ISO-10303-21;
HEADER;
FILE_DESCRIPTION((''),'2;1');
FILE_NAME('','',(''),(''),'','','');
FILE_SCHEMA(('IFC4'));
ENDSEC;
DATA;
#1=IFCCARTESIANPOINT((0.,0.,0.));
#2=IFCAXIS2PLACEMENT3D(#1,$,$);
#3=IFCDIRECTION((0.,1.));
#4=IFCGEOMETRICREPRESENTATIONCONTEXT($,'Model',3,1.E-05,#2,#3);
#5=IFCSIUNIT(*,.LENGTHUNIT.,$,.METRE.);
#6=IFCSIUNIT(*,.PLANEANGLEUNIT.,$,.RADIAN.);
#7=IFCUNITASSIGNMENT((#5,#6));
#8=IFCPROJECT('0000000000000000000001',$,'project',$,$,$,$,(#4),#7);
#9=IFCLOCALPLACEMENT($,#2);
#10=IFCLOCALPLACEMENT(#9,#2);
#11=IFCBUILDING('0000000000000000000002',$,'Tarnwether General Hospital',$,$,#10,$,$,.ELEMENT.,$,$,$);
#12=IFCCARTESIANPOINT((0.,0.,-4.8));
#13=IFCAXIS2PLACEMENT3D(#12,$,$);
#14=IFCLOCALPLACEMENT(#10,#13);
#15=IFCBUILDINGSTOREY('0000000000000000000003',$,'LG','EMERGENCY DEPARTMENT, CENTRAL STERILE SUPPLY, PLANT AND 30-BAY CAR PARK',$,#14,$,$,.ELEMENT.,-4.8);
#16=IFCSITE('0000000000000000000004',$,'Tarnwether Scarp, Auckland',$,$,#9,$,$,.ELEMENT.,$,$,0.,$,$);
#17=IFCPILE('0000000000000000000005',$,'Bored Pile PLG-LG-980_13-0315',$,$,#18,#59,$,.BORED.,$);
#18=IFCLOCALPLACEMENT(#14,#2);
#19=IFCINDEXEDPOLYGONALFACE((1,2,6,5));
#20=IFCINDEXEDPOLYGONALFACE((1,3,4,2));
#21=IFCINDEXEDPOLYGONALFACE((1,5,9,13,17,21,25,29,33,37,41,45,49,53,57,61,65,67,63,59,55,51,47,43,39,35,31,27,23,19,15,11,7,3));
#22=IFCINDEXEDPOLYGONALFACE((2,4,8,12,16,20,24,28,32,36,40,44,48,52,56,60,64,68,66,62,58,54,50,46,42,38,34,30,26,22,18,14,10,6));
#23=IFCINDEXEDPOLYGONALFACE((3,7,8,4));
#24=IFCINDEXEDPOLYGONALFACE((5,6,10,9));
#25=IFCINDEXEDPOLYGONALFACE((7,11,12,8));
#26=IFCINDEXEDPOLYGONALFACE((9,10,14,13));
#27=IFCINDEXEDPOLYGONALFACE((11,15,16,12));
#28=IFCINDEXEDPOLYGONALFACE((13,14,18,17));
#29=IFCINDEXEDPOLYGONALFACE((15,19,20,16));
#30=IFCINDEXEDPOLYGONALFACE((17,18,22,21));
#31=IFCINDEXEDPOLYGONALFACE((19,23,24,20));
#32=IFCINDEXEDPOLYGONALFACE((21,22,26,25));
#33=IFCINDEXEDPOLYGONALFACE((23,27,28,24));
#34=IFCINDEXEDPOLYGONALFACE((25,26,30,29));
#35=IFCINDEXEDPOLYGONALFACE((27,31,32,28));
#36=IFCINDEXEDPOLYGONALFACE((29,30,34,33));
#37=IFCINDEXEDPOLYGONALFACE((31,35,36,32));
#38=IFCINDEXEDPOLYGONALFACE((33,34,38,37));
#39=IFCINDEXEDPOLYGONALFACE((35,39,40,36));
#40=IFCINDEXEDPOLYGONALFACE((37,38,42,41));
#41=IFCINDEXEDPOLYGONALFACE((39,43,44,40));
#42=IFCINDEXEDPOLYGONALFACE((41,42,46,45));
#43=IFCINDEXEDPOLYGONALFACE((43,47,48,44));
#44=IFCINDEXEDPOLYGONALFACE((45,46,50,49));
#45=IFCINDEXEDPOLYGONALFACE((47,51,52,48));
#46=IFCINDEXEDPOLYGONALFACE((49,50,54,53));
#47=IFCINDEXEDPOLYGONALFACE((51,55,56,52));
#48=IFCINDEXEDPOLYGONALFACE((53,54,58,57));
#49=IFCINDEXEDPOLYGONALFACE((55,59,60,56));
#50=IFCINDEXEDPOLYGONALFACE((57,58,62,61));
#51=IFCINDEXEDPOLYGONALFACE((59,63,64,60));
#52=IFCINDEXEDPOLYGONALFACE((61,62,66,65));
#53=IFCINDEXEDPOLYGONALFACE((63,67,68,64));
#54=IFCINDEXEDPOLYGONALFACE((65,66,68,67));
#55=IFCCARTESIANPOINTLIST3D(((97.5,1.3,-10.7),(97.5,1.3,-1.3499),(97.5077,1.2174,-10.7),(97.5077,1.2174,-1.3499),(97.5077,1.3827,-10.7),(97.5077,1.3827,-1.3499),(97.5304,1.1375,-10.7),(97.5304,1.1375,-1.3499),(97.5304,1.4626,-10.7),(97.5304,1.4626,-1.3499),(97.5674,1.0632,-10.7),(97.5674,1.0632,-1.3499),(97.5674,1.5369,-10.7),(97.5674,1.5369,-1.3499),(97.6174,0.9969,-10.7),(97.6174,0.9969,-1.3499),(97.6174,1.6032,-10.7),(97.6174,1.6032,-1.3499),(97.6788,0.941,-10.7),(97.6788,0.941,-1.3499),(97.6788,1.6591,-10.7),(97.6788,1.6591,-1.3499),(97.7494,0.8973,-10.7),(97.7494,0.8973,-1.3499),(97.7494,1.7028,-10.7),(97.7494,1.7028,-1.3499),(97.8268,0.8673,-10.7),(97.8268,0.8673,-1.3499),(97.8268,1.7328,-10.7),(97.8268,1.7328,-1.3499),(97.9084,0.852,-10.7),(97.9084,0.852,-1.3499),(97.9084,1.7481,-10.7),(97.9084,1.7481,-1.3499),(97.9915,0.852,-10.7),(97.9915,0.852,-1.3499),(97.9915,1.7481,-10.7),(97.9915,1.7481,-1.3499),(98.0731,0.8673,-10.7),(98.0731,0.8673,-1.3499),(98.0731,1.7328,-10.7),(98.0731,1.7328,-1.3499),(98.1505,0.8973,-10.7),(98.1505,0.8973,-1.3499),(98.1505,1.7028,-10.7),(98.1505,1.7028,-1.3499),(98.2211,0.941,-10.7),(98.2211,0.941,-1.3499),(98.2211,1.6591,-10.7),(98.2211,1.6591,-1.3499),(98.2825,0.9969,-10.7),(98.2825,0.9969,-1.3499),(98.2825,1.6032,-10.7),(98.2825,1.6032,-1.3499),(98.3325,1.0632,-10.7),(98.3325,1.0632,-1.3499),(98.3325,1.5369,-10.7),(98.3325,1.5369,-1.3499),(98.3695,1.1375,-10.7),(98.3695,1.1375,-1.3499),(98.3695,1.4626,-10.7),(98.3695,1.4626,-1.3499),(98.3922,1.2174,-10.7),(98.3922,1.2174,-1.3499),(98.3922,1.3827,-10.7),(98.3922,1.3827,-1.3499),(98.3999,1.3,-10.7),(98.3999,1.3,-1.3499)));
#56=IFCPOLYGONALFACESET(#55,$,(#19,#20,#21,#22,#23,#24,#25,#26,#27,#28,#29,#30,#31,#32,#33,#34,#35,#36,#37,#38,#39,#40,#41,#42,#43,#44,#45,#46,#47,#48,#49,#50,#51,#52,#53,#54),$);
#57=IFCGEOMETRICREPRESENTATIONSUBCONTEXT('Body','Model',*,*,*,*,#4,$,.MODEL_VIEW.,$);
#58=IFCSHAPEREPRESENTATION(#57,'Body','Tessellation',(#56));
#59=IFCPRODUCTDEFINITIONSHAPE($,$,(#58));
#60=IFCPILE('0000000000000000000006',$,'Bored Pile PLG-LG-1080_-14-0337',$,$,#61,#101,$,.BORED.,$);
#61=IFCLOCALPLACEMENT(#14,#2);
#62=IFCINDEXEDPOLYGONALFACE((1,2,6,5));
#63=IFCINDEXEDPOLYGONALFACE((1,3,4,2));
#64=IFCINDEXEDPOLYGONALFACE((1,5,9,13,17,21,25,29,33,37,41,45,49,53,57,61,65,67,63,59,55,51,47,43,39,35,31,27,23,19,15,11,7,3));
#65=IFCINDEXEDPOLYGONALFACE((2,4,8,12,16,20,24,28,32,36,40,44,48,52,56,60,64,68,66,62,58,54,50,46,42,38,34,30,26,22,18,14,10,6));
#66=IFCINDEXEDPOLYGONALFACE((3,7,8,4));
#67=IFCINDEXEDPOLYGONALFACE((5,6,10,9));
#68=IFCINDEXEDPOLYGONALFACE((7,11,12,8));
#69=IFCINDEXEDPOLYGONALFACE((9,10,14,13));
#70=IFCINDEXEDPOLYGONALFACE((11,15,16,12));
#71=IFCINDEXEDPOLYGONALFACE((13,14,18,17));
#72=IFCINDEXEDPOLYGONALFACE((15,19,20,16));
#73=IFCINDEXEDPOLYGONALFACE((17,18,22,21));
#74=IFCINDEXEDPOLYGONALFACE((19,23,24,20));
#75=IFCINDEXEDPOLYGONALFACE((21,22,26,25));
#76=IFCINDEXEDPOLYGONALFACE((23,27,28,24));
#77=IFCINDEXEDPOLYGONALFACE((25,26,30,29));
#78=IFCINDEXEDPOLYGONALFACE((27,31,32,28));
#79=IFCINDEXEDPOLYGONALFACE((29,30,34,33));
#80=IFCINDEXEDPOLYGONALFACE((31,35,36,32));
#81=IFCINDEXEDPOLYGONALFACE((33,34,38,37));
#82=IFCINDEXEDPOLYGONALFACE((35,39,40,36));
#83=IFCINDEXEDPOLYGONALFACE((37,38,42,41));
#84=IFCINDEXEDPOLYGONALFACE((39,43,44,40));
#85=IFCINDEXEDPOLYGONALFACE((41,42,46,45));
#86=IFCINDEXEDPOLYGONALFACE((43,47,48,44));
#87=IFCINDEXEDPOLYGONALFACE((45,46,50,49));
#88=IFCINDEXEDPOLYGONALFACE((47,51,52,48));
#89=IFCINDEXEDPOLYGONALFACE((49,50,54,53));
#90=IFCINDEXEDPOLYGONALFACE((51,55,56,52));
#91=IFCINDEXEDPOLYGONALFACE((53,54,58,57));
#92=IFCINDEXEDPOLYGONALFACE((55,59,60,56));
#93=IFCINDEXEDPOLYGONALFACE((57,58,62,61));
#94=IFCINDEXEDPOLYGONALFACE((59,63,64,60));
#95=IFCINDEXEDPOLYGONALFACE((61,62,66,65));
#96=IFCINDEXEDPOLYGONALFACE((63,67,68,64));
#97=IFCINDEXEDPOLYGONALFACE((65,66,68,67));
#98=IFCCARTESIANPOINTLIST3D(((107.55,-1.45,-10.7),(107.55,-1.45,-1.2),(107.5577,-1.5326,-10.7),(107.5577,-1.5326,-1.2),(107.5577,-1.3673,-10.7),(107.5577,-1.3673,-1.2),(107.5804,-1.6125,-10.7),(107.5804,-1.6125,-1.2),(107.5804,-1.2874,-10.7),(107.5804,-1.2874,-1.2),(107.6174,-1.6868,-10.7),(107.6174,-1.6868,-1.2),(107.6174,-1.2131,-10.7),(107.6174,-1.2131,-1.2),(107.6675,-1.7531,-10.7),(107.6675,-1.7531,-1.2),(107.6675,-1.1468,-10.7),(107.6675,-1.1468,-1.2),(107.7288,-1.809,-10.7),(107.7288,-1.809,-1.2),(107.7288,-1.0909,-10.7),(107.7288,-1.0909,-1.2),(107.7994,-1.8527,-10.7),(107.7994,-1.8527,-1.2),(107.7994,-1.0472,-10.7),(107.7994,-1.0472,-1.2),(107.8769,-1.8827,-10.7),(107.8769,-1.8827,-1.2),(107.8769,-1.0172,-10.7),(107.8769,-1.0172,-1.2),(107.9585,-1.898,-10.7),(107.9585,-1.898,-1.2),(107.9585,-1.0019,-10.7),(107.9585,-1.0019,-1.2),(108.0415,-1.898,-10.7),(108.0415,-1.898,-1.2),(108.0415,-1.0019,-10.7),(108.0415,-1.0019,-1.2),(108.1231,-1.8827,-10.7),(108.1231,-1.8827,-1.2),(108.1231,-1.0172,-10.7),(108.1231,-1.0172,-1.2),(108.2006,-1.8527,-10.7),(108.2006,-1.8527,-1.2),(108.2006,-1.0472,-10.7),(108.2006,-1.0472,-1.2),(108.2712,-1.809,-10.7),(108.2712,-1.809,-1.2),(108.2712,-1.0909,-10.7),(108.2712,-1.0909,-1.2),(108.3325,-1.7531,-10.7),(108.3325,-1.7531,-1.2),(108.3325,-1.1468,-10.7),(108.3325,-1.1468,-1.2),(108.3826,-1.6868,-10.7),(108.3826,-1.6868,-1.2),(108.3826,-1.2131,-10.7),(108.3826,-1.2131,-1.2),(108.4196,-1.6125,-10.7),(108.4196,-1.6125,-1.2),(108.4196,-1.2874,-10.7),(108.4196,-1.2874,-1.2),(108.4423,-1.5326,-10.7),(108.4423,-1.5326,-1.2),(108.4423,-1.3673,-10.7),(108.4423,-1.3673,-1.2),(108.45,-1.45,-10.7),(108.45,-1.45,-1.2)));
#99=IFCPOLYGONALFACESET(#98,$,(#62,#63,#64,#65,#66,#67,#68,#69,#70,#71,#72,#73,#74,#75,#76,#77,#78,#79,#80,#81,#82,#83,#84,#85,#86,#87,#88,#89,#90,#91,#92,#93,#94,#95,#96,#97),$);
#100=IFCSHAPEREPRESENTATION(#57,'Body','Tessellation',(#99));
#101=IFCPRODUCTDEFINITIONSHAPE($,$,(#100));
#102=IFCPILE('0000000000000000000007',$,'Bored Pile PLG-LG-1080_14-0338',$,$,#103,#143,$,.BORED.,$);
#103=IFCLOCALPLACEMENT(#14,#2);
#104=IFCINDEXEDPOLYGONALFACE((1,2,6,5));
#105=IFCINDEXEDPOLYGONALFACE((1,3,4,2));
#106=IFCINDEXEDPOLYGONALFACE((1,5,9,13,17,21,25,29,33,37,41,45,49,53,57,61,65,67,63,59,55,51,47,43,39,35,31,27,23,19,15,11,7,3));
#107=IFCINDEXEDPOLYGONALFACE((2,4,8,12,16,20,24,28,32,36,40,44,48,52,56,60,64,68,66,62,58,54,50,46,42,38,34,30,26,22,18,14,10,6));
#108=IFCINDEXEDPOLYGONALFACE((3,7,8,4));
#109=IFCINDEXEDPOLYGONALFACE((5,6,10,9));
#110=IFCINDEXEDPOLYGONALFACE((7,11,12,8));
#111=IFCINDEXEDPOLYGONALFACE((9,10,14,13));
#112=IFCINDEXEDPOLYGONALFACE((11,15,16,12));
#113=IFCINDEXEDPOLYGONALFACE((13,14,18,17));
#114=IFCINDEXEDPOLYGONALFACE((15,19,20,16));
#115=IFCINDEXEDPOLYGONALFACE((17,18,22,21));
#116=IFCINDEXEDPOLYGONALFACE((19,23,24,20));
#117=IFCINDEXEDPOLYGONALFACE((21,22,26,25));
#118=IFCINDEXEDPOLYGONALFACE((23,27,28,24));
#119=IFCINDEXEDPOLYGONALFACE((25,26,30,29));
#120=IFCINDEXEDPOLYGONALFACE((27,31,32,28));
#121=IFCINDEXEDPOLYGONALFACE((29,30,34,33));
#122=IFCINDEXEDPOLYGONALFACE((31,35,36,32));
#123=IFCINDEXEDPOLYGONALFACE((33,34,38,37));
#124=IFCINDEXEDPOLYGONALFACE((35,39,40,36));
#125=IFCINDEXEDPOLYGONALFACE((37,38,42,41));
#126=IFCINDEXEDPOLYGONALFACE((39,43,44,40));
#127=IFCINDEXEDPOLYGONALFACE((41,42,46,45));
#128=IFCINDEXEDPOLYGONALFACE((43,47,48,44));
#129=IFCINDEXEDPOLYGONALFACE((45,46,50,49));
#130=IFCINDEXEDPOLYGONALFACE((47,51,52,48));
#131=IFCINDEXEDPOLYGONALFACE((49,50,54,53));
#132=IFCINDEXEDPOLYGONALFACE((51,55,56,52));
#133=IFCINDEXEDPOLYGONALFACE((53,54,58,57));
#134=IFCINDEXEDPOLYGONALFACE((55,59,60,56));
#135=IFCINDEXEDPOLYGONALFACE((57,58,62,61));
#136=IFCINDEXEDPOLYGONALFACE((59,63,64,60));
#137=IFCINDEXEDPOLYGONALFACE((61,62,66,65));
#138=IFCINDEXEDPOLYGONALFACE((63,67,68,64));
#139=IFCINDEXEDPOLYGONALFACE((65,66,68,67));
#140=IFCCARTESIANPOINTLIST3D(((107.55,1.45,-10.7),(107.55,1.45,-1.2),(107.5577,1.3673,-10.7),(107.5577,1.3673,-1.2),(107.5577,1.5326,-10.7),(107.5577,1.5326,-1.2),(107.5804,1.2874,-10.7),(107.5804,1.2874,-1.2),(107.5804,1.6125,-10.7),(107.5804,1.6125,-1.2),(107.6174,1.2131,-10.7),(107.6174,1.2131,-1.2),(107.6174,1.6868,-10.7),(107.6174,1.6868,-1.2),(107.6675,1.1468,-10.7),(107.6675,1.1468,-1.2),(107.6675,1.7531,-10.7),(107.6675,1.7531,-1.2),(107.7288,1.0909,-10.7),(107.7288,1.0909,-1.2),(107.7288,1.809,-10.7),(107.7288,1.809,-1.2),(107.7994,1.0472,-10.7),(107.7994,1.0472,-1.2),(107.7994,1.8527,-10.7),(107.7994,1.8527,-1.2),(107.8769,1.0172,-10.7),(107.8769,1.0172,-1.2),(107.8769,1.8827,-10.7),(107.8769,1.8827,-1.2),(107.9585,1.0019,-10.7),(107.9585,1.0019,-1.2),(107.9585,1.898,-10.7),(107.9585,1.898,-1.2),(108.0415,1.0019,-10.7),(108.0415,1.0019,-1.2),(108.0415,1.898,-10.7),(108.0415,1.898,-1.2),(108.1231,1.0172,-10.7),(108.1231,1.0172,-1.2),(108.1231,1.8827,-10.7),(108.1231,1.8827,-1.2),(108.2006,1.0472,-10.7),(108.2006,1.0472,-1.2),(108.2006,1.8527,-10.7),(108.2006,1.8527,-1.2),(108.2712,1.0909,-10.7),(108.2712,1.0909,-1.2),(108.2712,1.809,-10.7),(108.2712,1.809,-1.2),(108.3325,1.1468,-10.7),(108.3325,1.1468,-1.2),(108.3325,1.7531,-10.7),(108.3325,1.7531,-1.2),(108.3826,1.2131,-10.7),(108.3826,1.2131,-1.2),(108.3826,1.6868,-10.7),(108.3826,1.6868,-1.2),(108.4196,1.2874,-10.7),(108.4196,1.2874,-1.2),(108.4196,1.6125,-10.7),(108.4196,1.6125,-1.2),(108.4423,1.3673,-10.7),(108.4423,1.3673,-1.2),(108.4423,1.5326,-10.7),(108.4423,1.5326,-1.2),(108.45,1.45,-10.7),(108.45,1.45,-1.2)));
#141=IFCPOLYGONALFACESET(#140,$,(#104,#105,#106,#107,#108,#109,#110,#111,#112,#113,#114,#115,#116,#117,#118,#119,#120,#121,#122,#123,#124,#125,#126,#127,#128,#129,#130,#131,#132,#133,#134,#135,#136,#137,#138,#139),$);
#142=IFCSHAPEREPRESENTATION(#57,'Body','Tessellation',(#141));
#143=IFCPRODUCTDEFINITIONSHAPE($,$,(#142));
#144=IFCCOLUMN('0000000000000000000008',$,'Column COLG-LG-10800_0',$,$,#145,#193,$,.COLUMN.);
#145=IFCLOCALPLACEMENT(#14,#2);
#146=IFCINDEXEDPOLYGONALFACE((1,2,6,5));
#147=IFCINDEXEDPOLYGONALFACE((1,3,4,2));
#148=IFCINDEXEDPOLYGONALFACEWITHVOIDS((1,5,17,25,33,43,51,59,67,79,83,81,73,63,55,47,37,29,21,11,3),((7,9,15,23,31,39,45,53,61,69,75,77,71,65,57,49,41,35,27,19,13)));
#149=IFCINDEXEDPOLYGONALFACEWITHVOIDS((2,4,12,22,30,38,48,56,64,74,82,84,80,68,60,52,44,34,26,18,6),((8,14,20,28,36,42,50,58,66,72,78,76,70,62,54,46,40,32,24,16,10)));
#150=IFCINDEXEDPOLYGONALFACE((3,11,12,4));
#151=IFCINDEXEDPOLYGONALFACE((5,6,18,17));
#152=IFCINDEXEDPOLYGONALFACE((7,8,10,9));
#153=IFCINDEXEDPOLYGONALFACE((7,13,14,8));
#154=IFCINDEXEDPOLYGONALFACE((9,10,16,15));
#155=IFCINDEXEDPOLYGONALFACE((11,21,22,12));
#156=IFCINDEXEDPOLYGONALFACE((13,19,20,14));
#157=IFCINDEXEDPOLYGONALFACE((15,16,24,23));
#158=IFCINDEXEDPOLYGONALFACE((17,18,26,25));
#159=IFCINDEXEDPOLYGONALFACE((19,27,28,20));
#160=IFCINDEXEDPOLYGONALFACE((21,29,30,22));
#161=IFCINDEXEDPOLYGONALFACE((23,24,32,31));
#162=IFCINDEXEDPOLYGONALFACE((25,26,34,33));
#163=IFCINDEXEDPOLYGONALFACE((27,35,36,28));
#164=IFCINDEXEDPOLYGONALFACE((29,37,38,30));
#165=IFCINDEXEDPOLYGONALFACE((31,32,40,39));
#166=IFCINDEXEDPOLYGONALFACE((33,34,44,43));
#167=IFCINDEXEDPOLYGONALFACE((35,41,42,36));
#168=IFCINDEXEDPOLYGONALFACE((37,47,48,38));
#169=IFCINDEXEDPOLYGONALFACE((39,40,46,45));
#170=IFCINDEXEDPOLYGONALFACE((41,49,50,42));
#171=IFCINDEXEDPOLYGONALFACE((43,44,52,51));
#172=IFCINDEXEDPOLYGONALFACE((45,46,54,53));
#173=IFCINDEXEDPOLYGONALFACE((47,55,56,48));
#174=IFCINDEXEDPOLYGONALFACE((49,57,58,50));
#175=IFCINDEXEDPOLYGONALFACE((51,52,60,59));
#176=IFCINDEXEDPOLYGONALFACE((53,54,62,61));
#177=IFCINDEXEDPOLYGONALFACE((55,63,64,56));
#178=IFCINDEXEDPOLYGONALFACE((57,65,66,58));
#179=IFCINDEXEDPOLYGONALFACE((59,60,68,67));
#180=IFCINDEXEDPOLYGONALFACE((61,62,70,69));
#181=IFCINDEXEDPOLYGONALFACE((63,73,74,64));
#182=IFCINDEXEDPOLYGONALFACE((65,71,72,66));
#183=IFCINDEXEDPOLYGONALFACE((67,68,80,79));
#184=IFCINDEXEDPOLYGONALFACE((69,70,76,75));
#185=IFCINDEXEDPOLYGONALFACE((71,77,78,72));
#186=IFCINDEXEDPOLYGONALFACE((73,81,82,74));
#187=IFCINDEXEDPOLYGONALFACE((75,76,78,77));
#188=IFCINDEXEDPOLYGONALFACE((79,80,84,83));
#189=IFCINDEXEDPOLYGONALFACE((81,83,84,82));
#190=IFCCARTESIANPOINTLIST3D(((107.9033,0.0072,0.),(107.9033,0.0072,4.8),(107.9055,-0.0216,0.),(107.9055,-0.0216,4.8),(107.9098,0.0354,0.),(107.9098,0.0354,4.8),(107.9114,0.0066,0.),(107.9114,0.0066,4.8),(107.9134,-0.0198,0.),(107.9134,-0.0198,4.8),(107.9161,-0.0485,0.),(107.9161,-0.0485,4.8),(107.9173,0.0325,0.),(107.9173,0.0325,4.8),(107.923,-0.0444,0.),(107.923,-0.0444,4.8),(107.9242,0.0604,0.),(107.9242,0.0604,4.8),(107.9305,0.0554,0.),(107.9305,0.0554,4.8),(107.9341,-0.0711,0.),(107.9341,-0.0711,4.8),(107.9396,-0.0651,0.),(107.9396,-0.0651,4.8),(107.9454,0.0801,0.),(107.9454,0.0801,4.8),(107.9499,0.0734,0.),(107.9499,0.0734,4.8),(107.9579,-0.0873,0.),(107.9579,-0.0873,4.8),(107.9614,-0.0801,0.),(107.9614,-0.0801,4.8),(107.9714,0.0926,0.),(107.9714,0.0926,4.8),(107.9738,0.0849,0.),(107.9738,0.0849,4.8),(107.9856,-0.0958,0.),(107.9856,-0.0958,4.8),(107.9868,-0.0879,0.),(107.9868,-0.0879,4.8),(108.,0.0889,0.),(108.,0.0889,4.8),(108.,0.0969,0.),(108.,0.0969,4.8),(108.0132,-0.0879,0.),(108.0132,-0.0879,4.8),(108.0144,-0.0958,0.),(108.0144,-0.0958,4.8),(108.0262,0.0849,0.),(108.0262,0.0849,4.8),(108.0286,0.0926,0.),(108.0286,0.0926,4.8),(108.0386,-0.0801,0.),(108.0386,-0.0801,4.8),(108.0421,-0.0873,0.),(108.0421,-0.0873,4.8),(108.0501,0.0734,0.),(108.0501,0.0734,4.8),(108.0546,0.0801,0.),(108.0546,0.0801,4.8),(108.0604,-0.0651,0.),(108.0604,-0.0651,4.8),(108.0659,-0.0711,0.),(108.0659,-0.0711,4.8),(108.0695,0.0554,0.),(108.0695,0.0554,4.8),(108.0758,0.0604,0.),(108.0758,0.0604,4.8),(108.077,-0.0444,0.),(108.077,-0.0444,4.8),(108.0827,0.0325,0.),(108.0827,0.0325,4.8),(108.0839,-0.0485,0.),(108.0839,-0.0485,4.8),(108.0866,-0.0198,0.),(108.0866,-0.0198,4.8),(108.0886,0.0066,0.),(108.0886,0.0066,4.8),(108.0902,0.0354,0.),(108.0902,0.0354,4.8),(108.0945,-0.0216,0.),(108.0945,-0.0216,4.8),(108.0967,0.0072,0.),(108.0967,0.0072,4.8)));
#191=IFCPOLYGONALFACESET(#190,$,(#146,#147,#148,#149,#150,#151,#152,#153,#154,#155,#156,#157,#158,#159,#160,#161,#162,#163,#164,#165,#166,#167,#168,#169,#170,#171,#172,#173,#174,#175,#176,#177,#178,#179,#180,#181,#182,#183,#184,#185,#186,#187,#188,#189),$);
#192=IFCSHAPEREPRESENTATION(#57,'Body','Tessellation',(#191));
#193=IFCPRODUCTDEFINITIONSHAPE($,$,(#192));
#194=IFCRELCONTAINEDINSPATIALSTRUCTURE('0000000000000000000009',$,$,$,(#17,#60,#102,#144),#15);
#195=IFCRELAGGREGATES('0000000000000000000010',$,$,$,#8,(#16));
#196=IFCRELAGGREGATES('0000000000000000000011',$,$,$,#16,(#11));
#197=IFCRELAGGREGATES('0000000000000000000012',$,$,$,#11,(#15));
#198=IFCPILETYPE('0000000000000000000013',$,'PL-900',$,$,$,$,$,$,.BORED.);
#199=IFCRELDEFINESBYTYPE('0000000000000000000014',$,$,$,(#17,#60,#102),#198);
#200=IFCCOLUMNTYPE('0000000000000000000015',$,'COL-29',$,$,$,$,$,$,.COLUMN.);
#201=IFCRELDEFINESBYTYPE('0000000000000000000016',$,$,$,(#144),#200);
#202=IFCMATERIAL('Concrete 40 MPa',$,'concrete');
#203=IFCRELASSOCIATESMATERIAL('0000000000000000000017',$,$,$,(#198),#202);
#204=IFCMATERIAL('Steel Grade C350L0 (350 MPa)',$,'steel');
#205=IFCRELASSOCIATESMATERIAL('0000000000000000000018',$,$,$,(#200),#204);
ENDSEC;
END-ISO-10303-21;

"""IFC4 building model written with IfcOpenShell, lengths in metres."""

from ifc_helpers import new_model, si_unit, direction, frame, origin, origin_2d, place, context, subcontext, project, spatial, circle, hollow_circle, extrude, material, material_profile, profile_set, type_object, element, save


model = new_model("IFC4")

# Units and contexts
model_context = context("Model", 3, precision=1e-05, world=origin(), true_north=direction((0.0, 1.0)))
body_context = subcontext(model_context, "Body", "Model", "MODEL_VIEW")
ifc_project = project(units=[si_unit("LENGTHUNIT", "METRE"), si_unit("PLANEANGLEUNIT", "RADIAN")], contexts=[model_context])

# Site, building, storey
site_placement = place(None, origin())
site = spatial("IfcSite", under=ifc_project, at=site_placement, Name="Tarnwether Scarp, Auckland", CompositionType="ELEMENT", RefElevation=0.0)
building_placement = place(site_placement, origin())
building = spatial("IfcBuilding", under=site, at=building_placement, Name="Tarnwether General Hospital", CompositionType="ELEMENT")
storey_placement = place(building_placement, frame((0.0, 0.0, -4.8)))
storey = spatial("IfcBuildingStorey", under=building, at=storey_placement, Name="LG", Description="EMERGENCY DEPARTMENT, CENTRAL STERILE SUPPLY, PLANT AND 30-BAY CAR PARK", CompositionType="ELEMENT", Elevation=-4.8)

# Piles
ifc_material_1 = material(Name="Concrete 40 MPa", Category="concrete")
ifc_material_profile_1 = material_profile(ifc_material_1, circle(Radius=0.45, at=origin_2d()), Name="PILE-D900")
ifc_profile_set_1 = profile_set([ifc_material_profile_1], Name="Concrete 40 MPa")
pile_type_1 = type_object("IfcPileType", Name="PL-900", PredefinedType="BORED", material=ifc_profile_set_1)
for number, where, z_axis, x_axis, name in (
    (1, (97.95, 1.3, -1.3499), (0.0, 0.0, -1.0), (1.0, 0.0, 0.0), "Bored Pile PLG-LG-980_13-0315"),
):
    element("IfcPile", number, at=place(storey_placement, frame(where, z_axis=z_axis, x_axis=x_axis)), inside=storey, type_object=pile_type_1, Name=name, PredefinedType="BORED", context=body_context, shape_type="SweptSolid", body=[
        extrude(circle(Radius=0.45, at=origin_2d()), origin(), (0.0, 0.0, 1.0), 9.3501),
    ])
for number, where, z_axis, x_axis, name in (
    (2, (108.0, -1.45, -1.2), (0.0, 0.0, -1.0), (1.0, 0.0, 0.0), "Bored Pile PLG-LG-1080_-14-0337"),
    (3, (108.0, 1.45, -1.2), (0.0, 0.0, -1.0), (1.0, 0.0, 0.0), "Bored Pile PLG-LG-1080_14-0338"),
):
    element("IfcPile", number, at=place(storey_placement, frame(where, z_axis=z_axis, x_axis=x_axis)), inside=storey, type_object=pile_type_1, Name=name, PredefinedType="BORED", context=body_context, shape_type="SweptSolid", body=[
        extrude(circle(Radius=0.45, at=origin_2d()), origin(), (0.0, 0.0, 1.0), 9.5),
    ])

# Column
ifc_material_2 = material(Name="Steel Grade C350L0 (350 MPa)", Category="steel")
ifc_material_profile_2 = material_profile(ifc_material_2, hollow_circle(Radius=0.0969, WallThickness=0.0081, at=origin_2d()), Name="CHS193.7x8.0")
ifc_profile_set_2 = profile_set([ifc_material_profile_2], Name="Steel Grade C350L0 (350 MPa)")
column_type = type_object("IfcColumnType", Name="COL-29", PredefinedType="COLUMN", material=ifc_profile_set_2)
column_placement = place(storey_placement, frame((108.0, 0.0, 0.0), z_axis=(0.0, 0.0, 1.0), x_axis=(0.0, 1.0, 0.0)))
element("IfcColumn", 4, at=column_placement, inside=storey, type_object=column_type, Name="Column COLG-LG-10800_0", PredefinedType="COLUMN", context=body_context, shape_type="SweptSolid", body=[
    extrude(hollow_circle(Radius=0.0969, WallThickness=0.0081, at=origin_2d()), origin(), (0.0, 0.0, 1.0), 4.8),
])

save(model, "model.ifc")
